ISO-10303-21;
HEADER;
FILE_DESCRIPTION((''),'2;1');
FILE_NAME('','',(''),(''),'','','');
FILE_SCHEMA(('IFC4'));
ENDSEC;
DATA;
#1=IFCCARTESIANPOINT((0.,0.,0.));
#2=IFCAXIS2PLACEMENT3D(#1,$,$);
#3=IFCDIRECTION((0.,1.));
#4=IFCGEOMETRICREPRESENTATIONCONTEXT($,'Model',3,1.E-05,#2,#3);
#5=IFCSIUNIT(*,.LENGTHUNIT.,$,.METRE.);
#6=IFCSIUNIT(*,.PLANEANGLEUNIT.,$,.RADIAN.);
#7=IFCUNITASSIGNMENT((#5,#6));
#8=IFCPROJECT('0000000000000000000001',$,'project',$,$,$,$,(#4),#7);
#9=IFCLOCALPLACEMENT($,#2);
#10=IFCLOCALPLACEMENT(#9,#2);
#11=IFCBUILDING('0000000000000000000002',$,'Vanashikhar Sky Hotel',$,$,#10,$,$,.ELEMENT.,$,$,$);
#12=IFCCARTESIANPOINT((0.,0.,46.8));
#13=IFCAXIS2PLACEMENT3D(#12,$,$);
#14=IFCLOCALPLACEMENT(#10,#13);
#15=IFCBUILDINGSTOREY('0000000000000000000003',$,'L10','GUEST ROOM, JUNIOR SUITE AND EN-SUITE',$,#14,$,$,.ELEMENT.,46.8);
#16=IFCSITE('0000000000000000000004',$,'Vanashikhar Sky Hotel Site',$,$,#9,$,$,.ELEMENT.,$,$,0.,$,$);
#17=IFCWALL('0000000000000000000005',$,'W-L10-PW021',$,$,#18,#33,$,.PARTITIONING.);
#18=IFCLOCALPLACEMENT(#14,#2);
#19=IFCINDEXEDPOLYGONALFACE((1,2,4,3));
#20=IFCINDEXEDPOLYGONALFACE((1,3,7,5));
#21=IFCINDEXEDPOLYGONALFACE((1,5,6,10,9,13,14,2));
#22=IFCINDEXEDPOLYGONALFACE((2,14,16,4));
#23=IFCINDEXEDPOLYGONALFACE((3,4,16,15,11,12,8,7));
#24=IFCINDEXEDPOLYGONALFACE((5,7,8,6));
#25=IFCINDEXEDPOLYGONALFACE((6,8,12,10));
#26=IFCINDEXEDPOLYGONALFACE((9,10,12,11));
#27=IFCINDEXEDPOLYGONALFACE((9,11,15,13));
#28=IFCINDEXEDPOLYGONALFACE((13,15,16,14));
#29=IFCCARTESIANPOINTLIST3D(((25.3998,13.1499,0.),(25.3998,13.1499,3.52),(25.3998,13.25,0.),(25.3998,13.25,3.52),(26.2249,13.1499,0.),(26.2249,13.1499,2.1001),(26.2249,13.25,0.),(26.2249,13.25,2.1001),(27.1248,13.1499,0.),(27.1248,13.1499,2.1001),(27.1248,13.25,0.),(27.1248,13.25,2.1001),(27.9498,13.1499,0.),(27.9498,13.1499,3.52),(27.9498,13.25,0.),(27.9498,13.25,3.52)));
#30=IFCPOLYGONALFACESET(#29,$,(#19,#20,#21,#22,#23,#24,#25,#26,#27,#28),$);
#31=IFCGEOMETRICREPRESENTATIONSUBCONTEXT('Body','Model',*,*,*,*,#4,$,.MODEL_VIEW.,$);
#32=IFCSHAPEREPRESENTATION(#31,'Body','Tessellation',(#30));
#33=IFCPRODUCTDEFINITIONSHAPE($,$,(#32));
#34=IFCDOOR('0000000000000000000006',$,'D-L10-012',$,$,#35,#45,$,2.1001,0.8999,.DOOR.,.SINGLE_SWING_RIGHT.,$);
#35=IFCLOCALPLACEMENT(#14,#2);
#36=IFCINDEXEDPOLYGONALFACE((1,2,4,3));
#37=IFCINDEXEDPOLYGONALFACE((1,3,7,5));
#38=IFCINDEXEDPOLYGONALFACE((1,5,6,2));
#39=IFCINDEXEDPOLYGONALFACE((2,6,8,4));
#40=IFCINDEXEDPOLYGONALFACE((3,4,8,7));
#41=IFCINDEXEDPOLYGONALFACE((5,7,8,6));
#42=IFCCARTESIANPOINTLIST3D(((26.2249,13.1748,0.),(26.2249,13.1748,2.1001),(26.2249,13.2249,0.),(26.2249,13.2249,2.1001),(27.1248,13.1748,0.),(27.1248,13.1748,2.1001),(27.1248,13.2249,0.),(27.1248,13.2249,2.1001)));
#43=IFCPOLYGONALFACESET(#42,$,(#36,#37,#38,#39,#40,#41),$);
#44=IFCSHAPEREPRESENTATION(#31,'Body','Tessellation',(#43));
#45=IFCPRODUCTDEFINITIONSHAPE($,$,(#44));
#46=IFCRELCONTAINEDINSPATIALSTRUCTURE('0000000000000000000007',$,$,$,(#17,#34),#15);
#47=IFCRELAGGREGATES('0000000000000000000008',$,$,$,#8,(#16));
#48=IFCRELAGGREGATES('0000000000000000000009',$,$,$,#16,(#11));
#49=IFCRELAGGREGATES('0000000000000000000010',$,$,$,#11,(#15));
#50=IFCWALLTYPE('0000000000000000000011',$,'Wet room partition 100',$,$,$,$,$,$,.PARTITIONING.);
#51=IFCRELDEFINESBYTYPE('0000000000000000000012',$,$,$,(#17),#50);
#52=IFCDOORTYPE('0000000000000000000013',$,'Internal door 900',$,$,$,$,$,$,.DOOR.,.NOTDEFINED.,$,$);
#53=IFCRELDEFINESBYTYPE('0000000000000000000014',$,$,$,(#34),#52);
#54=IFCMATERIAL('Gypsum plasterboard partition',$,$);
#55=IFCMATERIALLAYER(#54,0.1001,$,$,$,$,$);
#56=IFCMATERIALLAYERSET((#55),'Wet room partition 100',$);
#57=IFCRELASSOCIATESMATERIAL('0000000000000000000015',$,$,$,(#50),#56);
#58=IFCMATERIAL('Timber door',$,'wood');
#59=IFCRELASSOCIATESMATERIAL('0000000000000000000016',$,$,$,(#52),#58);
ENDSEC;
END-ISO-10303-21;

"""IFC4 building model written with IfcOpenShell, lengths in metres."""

from ifc_helpers import new_model, si_unit, direction, frame, frame_2d, origin, place, context, subcontext, project, spatial, rectangle, extrude, source, transform, mapped, material, layer, layer_set, type_object, element, fill, save


model = new_model("IFC4")

# Units and contexts
model_context = context("Model", 3, precision=1e-05, world=origin(), true_north=direction((0.0, 1.0)))
body_context = subcontext(model_context, "Body", "Model", "MODEL_VIEW")
ifc_project = project(units=[si_unit("LENGTHUNIT", "METRE"), si_unit("PLANEANGLEUNIT", "RADIAN")], contexts=[model_context])

# Site, building, storey
site_placement = place(None, origin())
site = spatial("IfcSite", under=ifc_project, at=site_placement, Name="Vanashikhar Sky Hotel Site", CompositionType="ELEMENT", RefElevation=0.0)
building_placement = place(site_placement, origin())
building = spatial("IfcBuilding", under=site, at=building_placement, Name="Vanashikhar Sky Hotel", CompositionType="ELEMENT")
storey_placement = place(building_placement, frame((0.0, 0.0, 46.8)))
storey = spatial("IfcBuildingStorey", under=building, at=storey_placement, Name="L10", Description="GUEST ROOM, JUNIOR SUITE AND EN-SUITE", CompositionType="ELEMENT", Elevation=46.8)

# Shared definitions
ifc_material_1 = material(Name="Gypsum plasterboard partition")
ifc_layer_1 = layer(ifc_material_1, 0.1001)
ifc_layer_set_1 = layer_set([ifc_layer_1], Name="Wet room partition 100")
wall_type_1 = type_object("IfcWallType", Name="Wet room partition 100", PredefinedType="PARTITIONING", material=ifc_layer_set_1)
shared_shape_1 = source(origin(), body_context, "Body", "SweptSolid", [
    extrude(rectangle(XDim=0.8999, YDim=2.1001, at=frame_2d((0.45, 1.05))), frame((0.0, 0.0601, 0.0), z_axis=(0.0, -1.0, 0.0), x_axis=(1.0, 0.0, 0.0)), (0.0, 0.0, 1.0), 0.1201),
])
ifc_material_2 = material(Name="Timber door", Category="wood")
door_type_1 = type_object("IfcDoorType", Name="Internal door 900", OperationType="NOTDEFINED", PredefinedType="DOOR", material=ifc_material_2)
shared_shape_2 = source(origin(), body_context, "Body", "SweptSolid", [
    extrude(rectangle(XDim=0.8999, YDim=2.1001, at=frame_2d((0.45, 1.05))), frame((0.0, 0.0249, 0.0), z_axis=(0.0, -1.0, 0.0), x_axis=(1.0, 0.0, 0.0)), (0.0, 0.0, 1.0), 0.05),
])

# Wall, opening, door
shared_shape_3 = source(origin(), body_context, "Body", "SweptSolid", [
    extrude(rectangle(XDim=2.55, YDim=0.1001, at=frame_2d((1.2749, 0.0))), origin(), (0.0, 0.0, 1.0), 3.52),
])
wall_1_placement = place(storey_placement, frame((25.3999, 13.2, 0.0), z_axis=(0.0, 0.0, 1.0), x_axis=(1.0, 0.0, 0.0)))
wall_1 = element("IfcWall", 1, at=wall_1_placement, inside=storey, type_object=wall_type_1, Name="W-L10-PW021", PredefinedType="PARTITIONING", context=body_context, shape_type="MappedRepresentation", body=[
    mapped(shared_shape_3, transform((0.0, 0.0, 0.0), scale=1.0)),
])
opening_1_placement = place(wall_1_placement, frame((0.825, 0.0, 0.0)))
opening_1 = element("IfcOpeningElement", 2, at=opening_1_placement, cuts=wall_1, PredefinedType="OPENING", context=body_context, shape_type="MappedRepresentation", body=[
    mapped(shared_shape_1, transform((0.0, 0.0, 0.0), scale=1.0)),
])
door_1_placement = place(opening_1_placement, origin())
door_1 = element("IfcDoor", 3, at=door_1_placement, inside=storey, type_object=door_type_1, Name="D-L10-012", OperationType="SINGLE_SWING_RIGHT", OverallHeight=2.1001, OverallWidth=0.8999, PredefinedType="DOOR", context=body_context, shape_type="MappedRepresentation", body=[
    mapped(shared_shape_2, transform((0.0, 0.0, 0.0), scale=1.0)),
])
fill(opening_1, door_1)

save(model, "model.ifc")
